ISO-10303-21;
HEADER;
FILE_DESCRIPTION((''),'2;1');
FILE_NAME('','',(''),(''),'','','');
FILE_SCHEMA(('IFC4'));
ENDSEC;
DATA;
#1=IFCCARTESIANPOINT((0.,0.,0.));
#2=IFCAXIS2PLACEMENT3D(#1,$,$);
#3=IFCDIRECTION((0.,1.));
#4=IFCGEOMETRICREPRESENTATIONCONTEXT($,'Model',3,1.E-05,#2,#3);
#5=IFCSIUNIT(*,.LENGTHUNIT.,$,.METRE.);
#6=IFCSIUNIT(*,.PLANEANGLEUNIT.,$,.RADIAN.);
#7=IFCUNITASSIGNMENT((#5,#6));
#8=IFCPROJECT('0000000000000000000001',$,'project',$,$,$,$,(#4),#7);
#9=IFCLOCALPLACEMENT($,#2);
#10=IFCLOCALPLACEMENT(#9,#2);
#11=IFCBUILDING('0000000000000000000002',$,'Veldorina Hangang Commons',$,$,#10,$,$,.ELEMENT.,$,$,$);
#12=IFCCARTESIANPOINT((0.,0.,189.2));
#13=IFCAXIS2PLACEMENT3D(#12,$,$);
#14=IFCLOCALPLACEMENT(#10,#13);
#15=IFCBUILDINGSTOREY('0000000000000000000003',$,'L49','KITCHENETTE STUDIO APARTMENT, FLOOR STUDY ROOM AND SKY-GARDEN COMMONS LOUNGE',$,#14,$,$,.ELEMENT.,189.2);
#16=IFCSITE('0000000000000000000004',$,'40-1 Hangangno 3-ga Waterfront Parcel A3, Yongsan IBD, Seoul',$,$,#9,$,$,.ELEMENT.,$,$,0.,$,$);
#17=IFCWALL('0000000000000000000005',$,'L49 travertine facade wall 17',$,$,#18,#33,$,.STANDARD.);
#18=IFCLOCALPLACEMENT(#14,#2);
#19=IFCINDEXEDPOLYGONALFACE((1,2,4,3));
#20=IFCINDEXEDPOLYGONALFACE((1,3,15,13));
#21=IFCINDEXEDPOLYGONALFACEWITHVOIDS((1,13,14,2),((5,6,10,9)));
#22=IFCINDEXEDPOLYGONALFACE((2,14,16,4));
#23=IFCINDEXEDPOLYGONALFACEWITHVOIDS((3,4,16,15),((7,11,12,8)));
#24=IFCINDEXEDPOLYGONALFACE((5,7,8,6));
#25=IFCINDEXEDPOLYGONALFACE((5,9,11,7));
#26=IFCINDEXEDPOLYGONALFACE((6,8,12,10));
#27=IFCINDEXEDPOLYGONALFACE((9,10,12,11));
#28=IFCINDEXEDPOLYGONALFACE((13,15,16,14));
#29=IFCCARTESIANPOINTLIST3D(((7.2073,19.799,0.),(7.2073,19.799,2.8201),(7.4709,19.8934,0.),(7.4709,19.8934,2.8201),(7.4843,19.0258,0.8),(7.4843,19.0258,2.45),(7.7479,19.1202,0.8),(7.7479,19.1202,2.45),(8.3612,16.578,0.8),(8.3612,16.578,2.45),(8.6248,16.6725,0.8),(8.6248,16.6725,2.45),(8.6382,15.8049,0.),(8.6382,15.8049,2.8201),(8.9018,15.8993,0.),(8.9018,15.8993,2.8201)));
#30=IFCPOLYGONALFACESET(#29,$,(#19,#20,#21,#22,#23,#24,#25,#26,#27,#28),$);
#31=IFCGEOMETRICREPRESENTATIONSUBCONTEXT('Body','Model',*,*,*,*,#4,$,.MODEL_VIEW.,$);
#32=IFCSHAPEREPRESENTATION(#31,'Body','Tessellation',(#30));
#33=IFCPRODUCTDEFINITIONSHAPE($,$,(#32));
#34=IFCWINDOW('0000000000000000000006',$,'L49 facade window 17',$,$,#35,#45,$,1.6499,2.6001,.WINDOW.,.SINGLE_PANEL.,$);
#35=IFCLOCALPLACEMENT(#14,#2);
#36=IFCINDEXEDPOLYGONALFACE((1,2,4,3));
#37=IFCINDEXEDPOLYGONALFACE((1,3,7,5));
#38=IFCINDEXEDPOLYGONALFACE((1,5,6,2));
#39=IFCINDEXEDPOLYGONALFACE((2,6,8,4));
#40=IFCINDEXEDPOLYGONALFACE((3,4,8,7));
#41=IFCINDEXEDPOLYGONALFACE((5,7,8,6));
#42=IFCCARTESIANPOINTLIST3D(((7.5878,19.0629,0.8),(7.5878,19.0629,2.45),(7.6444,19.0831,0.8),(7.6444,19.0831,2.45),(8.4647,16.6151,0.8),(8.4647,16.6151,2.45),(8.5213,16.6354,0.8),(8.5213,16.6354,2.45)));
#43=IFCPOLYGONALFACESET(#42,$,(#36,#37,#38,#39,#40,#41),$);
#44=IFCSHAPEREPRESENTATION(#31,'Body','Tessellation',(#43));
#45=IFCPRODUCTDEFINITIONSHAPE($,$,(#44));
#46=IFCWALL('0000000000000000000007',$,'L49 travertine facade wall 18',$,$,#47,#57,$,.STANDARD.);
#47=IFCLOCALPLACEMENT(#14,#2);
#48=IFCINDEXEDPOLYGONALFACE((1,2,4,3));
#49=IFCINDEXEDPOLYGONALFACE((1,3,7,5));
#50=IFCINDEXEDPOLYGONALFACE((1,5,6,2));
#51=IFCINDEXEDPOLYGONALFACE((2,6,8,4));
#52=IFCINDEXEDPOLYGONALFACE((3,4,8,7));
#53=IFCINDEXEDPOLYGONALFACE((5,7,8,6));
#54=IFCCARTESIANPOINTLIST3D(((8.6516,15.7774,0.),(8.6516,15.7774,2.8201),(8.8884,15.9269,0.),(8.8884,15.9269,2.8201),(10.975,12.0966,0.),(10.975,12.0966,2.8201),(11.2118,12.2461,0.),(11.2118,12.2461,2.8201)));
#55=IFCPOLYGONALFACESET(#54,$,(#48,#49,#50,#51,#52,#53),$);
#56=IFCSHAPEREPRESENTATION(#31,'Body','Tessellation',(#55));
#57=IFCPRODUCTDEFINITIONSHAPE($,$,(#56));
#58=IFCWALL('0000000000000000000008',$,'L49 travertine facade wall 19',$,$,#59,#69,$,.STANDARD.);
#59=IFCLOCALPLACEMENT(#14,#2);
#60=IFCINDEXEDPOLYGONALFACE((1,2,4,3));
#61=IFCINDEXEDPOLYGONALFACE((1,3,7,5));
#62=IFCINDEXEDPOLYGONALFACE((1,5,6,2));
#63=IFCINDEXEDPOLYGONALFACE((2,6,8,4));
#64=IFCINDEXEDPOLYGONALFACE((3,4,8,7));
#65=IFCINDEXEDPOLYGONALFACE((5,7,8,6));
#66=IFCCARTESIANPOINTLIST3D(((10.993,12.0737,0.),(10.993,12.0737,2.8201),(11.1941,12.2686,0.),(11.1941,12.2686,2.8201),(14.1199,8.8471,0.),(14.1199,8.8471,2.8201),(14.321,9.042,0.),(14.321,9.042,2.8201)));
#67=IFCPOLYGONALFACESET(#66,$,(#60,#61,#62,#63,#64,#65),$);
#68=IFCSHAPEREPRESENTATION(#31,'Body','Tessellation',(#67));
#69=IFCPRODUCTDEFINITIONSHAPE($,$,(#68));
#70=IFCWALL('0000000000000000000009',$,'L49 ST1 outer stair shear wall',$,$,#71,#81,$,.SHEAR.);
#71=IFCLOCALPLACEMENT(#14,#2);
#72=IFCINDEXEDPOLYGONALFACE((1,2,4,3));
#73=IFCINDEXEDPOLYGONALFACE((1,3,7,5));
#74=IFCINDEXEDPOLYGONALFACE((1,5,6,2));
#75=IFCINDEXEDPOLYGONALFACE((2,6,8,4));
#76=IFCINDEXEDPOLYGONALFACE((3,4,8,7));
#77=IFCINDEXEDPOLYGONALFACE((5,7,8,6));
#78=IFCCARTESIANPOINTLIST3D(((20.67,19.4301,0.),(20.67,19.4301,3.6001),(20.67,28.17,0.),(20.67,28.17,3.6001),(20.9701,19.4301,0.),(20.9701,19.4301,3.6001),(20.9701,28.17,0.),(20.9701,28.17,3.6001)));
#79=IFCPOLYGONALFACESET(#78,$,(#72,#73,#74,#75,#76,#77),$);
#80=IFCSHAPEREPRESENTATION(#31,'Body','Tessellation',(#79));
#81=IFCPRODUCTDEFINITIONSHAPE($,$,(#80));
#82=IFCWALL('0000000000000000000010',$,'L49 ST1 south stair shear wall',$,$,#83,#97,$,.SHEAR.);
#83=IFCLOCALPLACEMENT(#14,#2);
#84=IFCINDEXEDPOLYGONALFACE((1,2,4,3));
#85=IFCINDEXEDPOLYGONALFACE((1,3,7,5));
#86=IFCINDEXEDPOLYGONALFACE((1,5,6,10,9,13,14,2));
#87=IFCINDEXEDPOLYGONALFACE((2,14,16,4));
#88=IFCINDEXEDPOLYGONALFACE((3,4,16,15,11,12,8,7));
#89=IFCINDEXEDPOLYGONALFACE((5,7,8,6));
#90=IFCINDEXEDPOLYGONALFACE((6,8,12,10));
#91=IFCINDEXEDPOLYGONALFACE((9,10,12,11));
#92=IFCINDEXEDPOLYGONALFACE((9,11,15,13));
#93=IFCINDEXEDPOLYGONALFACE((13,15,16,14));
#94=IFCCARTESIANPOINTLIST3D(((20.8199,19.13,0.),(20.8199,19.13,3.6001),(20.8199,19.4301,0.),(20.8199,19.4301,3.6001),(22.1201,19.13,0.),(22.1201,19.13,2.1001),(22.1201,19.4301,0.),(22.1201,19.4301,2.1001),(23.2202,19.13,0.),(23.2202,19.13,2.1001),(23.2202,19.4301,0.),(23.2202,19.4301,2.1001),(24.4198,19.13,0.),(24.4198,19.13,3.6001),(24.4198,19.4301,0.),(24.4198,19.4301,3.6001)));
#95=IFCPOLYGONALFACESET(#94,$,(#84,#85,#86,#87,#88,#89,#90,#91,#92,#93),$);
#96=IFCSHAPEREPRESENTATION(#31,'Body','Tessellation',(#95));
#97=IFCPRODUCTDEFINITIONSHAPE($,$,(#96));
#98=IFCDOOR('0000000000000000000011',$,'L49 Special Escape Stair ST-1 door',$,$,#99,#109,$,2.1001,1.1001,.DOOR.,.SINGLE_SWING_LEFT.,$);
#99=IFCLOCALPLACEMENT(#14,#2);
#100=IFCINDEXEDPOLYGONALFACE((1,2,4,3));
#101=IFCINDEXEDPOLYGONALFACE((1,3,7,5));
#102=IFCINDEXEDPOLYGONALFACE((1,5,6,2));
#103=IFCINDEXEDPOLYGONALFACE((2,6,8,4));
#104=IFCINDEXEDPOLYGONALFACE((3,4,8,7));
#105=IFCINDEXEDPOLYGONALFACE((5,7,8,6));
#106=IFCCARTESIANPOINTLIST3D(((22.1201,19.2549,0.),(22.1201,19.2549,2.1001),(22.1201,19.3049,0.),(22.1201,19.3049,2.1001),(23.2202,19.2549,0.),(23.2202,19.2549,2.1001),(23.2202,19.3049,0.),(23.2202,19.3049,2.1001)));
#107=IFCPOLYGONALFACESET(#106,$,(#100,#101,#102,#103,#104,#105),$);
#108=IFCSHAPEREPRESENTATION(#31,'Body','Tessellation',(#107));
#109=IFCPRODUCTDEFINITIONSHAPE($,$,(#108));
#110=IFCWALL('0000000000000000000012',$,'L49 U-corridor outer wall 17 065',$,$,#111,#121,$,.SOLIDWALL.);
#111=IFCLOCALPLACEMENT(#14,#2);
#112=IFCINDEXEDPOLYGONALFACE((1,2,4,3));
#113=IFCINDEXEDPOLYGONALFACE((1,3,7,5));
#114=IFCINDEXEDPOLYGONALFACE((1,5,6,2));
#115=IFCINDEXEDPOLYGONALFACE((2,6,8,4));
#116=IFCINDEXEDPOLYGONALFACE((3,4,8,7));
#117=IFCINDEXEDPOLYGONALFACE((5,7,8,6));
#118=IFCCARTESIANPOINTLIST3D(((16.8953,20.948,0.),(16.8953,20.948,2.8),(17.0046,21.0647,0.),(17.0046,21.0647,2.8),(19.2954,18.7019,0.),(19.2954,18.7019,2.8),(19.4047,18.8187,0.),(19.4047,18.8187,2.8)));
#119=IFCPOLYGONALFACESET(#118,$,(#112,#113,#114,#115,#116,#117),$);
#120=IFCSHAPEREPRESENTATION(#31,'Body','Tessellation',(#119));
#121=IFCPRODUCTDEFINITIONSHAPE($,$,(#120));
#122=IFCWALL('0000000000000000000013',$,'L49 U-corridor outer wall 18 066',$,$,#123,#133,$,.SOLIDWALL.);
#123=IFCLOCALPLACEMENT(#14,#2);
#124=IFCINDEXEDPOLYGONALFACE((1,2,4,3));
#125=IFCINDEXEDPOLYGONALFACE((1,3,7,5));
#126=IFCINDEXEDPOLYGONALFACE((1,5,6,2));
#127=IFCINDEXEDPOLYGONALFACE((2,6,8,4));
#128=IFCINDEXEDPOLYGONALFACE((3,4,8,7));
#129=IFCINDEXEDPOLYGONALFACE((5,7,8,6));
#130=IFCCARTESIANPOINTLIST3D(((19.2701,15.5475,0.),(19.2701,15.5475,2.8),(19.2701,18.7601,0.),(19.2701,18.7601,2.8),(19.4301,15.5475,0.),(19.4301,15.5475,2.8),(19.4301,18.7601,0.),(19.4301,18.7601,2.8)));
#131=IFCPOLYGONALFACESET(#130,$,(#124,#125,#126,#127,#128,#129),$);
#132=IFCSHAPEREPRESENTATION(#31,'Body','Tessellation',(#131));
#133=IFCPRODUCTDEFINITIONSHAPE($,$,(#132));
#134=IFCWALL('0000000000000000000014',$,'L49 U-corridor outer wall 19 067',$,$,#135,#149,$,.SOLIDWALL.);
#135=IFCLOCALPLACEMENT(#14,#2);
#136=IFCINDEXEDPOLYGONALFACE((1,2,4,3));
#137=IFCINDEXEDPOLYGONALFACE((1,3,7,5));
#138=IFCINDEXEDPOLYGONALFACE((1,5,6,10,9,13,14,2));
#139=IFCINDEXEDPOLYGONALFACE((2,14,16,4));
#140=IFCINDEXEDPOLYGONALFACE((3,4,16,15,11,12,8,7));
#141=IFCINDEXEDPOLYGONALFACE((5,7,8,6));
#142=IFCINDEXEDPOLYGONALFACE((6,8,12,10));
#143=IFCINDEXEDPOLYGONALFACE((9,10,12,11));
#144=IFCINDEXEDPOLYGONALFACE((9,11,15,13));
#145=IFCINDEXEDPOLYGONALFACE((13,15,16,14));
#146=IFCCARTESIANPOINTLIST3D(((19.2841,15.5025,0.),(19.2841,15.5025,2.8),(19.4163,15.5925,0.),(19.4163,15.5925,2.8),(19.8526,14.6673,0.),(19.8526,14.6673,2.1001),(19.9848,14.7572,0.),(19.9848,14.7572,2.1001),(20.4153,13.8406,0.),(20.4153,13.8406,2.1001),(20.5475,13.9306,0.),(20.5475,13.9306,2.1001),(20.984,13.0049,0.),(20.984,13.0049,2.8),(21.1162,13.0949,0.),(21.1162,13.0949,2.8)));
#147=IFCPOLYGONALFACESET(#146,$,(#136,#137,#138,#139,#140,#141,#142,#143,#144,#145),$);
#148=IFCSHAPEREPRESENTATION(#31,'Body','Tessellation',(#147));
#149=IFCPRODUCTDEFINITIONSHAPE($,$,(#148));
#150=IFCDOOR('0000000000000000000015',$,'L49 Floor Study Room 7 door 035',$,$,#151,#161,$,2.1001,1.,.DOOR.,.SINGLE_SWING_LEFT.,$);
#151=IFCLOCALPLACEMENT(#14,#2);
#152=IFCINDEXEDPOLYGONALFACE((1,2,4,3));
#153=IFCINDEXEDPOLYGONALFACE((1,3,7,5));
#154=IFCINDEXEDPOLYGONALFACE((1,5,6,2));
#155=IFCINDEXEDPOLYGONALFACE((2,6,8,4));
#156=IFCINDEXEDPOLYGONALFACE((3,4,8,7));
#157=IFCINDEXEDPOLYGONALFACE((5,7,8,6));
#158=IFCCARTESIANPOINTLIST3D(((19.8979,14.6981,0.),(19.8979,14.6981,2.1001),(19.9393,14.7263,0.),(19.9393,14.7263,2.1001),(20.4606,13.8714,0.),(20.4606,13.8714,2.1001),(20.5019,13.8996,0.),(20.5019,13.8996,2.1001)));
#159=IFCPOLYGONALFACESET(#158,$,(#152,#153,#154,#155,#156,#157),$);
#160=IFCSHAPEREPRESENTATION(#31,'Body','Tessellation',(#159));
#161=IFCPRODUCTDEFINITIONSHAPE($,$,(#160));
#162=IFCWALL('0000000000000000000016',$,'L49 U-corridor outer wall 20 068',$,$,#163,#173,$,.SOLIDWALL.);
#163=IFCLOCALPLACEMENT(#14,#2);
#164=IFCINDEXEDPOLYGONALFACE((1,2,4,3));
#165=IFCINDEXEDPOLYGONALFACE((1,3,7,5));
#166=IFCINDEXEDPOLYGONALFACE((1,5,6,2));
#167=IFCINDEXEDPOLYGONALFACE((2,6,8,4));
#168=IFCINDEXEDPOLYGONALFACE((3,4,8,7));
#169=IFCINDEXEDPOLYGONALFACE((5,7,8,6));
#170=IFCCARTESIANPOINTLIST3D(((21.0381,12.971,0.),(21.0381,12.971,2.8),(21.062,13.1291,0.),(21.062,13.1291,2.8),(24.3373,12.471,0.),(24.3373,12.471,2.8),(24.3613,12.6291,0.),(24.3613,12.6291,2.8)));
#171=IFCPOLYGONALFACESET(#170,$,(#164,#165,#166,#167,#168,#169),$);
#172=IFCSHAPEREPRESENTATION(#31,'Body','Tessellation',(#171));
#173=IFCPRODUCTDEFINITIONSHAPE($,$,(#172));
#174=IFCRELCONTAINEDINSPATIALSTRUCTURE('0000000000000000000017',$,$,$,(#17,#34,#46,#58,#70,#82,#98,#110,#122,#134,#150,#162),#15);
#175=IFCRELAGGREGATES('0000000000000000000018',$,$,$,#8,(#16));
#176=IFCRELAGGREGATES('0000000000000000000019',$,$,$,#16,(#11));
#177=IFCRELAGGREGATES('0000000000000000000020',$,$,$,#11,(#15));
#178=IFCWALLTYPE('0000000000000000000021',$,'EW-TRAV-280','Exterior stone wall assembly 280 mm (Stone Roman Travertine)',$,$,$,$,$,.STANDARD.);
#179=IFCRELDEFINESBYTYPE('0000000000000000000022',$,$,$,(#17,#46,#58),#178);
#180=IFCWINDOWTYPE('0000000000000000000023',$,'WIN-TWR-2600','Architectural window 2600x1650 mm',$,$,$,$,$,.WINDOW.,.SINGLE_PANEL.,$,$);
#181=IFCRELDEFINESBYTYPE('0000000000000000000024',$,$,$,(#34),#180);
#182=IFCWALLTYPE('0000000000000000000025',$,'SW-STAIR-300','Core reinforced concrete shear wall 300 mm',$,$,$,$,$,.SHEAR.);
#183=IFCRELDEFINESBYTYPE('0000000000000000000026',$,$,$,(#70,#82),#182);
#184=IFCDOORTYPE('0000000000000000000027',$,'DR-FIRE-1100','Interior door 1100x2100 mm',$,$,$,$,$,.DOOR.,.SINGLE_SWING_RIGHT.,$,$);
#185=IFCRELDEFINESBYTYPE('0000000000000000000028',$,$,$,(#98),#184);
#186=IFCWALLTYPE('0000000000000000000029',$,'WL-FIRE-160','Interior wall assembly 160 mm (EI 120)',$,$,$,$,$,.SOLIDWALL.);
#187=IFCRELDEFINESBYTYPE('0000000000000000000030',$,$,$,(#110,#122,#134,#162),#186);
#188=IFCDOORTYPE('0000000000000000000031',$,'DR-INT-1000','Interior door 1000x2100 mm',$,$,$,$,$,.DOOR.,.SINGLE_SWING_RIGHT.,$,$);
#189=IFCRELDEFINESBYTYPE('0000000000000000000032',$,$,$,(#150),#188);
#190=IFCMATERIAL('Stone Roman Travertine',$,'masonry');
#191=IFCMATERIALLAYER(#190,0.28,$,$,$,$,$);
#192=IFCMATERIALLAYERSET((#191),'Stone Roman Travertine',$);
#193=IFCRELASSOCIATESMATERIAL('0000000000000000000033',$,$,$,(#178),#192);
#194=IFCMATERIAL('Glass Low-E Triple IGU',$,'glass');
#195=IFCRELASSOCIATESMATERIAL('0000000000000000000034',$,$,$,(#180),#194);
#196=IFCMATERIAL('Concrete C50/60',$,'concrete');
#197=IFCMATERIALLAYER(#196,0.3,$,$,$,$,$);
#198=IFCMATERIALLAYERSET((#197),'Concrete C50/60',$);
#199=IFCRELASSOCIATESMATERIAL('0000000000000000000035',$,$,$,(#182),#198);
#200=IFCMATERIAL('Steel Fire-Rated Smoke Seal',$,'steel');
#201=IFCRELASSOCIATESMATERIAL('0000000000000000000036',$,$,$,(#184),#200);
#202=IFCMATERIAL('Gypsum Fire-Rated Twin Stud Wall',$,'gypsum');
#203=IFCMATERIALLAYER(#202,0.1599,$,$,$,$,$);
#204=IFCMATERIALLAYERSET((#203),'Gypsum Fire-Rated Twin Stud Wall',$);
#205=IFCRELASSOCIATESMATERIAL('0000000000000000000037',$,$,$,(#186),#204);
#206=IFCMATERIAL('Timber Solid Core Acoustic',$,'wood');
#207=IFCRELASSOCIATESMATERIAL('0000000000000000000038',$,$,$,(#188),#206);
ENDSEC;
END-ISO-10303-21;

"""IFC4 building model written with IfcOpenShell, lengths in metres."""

from ifc_helpers import new_model, si_unit, direction, frame, frame_2d, origin, place, context, subcontext, project, spatial, rectangle, extrude, material, layer, layer_set, type_object, element, fill, save


model = new_model("IFC4")

# Units and contexts
model_context = context("Model", 3, precision=1e-05, world=origin(), true_north=direction((0.0, 1.0)))
body_context = subcontext(model_context, "Body", "Model", "MODEL_VIEW")
ifc_project = project(units=[si_unit("LENGTHUNIT", "METRE"), si_unit("PLANEANGLEUNIT", "RADIAN")], contexts=[model_context])

# Site, building, storey
site_placement = place(None, origin())
site = spatial("IfcSite", under=ifc_project, at=site_placement, Name="40-1 Hangangno 3-ga Waterfront Parcel A3, Yongsan IBD, Seoul", CompositionType="ELEMENT", RefElevation=0.0)
building_placement = place(site_placement, origin())
building = spatial("IfcBuilding", under=site, at=building_placement, Name="Veldorina Hangang Commons", CompositionType="ELEMENT")
storey_placement = place(building_placement, frame((0.0, 0.0, 189.2)))
storey = spatial("IfcBuildingStorey", under=building, at=storey_placement, Name="L49", Description="KITCHENETTE STUDIO APARTMENT, FLOOR STUDY ROOM AND SKY-GARDEN COMMONS LOUNGE", CompositionType="ELEMENT", Elevation=189.2)

# Wall, opening, window
ifc_material_1 = material(Name="Stone Roman Travertine", Category="masonry")
ifc_layer_1 = layer(ifc_material_1, 0.28)
ifc_layer_set_1 = layer_set([ifc_layer_1], Name="Stone Roman Travertine")
wall_type_1 = type_object("IfcWallType", Name="EW-TRAV-280", Description="Exterior stone wall assembly 280 mm (Stone Roman Travertine)", PredefinedType="STANDARD", material=ifc_layer_set_1)
wall_1_placement = place(storey_placement, frame((7.3391, 19.8462, 0.0), z_axis=(0.0, 0.0, 1.0), x_axis=(0.337262, -0.941411, 0.0)))
wall_1 = element("IfcWall", 1, at=wall_1_placement, inside=storey, type_object=wall_type_1, Name="L49 travertine facade wall 17", PredefinedType="STANDARD", context=body_context, shape_type="SweptSolid", body=[
    extrude(rectangle(XDim=4.2427, YDim=0.28, at=frame_2d((2.1213, 0.0))), origin(), (0.0, 0.0, 1.0), 2.8201),
])
opening_1_placement = place(wall_1_placement, frame((0.8213, 0.0, 0.8)))
opening_1 = element("IfcOpeningElement", 2, at=opening_1_placement, cuts=wall_1, PredefinedType="OPENING", context=body_context, shape_type="SweptSolid", body=[
    extrude(rectangle(XDim=2.6001, YDim=1.6499, at=frame_2d((1.3, 0.825))), frame((0.0, 0.1499, 0.0), z_axis=(0.0, -1.0, 0.0), x_axis=(1.0, 0.0, 0.0)), (0.0, 0.0, 1.0), 0.3),
])
ifc_material_2 = material(Name="Glass Low-E Triple IGU", Category="glass")
window_type = type_object("IfcWindowType", Name="WIN-TWR-2600", Description="Architectural window 2600x1650 mm", PartitioningType="SINGLE_PANEL", PredefinedType="WINDOW", material=ifc_material_2)
window_placement = place(opening_1_placement, origin())
window = element("IfcWindow", 3, at=window_placement, inside=storey, type_object=window_type, Name="L49 facade window 17", OverallHeight=1.6499, OverallWidth=2.6001, PartitioningType="SINGLE_PANEL", PredefinedType="WINDOW", context=body_context, shape_type="SweptSolid", body=[
    extrude(rectangle(XDim=2.6001, YDim=1.6499, at=frame_2d((1.3, 0.825))), frame((0.0, 0.03, 0.0), z_axis=(0.0, -1.0, 0.0), x_axis=(1.0, 0.0, 0.0)), (0.0, 0.0, 1.0), 0.0601),
])
fill(opening_1, window)

# Walls
wall_2_placement = place(storey_placement, frame((8.77, 15.8521, 0.0), z_axis=(0.0, 0.0, 1.0), x_axis=(0.53378, -0.845623, 0.0)))
element("IfcWall", 4, at=wall_2_placement, inside=storey, type_object=wall_type_1, Name="L49 travertine facade wall 18", PredefinedType="STANDARD", context=body_context, shape_type="SweptSolid", body=[
    extrude(rectangle(XDim=4.3528, YDim=0.28, at=frame_2d((2.1763, 0.0))), origin(), (0.0, 0.0, 1.0), 2.8201),
])
wall_3_placement = place(storey_placement, frame((11.0935, 12.1711, 0.0), z_axis=(0.0, 0.0, 1.0), x_axis=(0.695935, -0.718104, 0.0)))
element("IfcWall", 5, at=wall_3_placement, inside=storey, type_object=wall_type_1, Name="L49 travertine facade wall 19", PredefinedType="STANDARD", context=body_context, shape_type="SweptSolid", body=[
    extrude(rectangle(XDim=4.4932, YDim=0.28, at=frame_2d((2.2466, 0.0))), origin(), (0.0, 0.0, 1.0), 2.8201),
])
ifc_material_3 = material(Name="Concrete C50/60", Category="concrete")
ifc_layer_2 = layer(ifc_material_3, 0.3)
ifc_layer_set_2 = layer_set([ifc_layer_2], Name="Concrete C50/60")
wall_type_2 = type_object("IfcWallType", Name="SW-STAIR-300", Description="Core reinforced concrete shear wall 300 mm", PredefinedType="SHEAR", material=ifc_layer_set_2)
wall_4_placement = place(storey_placement, frame((20.8201, 19.4299, 0.0), z_axis=(0.0, 0.0, 1.0), x_axis=(0.0, 1.0, 0.0)))
element("IfcWall", 6, at=wall_4_placement, inside=storey, type_object=wall_type_2, Name="L49 ST1 outer stair shear wall", PredefinedType="SHEAR", context=body_context, shape_type="SweptSolid", body=[
    extrude(rectangle(XDim=8.74, YDim=0.3, at=frame_2d((4.3701, 0.0))), origin(), (0.0, 0.0, 1.0), 3.6001),
])

# Wall, opening, door
wall_5_placement = place(storey_placement, frame((20.8201, 19.28, 0.0), z_axis=(0.0, 0.0, 1.0), x_axis=(1.0, 0.0, 0.0)))
wall_5 = element("IfcWall", 7, at=wall_5_placement, inside=storey, type_object=wall_type_2, Name="L49 ST1 south stair shear wall", PredefinedType="SHEAR", context=body_context, shape_type="SweptSolid", body=[
    extrude(rectangle(XDim=3.5999, YDim=0.3, at=frame_2d((1.7998, 0.0))), origin(), (0.0, 0.0, 1.0), 3.6001),
])
opening_2_placement = place(wall_5_placement, frame((1.3, 0.0, 0.0)))
opening_2 = element("IfcOpeningElement", 8, at=opening_2_placement, cuts=wall_5, PredefinedType="OPENING", context=body_context, shape_type="SweptSolid", body=[
    extrude(rectangle(XDim=1.1001, YDim=2.1001, at=frame_2d((0.55, 1.05))), frame((0.0, 0.1602, 0.0), z_axis=(0.0, -1.0, 0.0), x_axis=(1.0, 0.0, 0.0)), (0.0, 0.0, 1.0), 0.3201),
])
ifc_material_4 = material(Name="Steel Fire-Rated Smoke Seal", Category="steel")
door_type_1 = type_object("IfcDoorType", Name="DR-FIRE-1100", Description="Interior door 1100x2100 mm", OperationType="SINGLE_SWING_RIGHT", PredefinedType="DOOR", material=ifc_material_4)
door_1_placement = place(opening_2_placement, origin())
door_1 = element("IfcDoor", 9, at=door_1_placement, inside=storey, type_object=door_type_1, Name="L49 Special Escape Stair ST-1 door", OperationType="SINGLE_SWING_LEFT", OverallHeight=2.1001, OverallWidth=1.1001, PredefinedType="DOOR", context=body_context, shape_type="SweptSolid", body=[
    extrude(rectangle(XDim=1.1001, YDim=2.1001, at=frame_2d((0.55, 1.05))), frame((0.0, 0.0249, 0.0), z_axis=(0.0, -1.0, 0.0), x_axis=(1.0, 0.0, 0.0)), (0.0, 0.0, 1.0), 0.05),
])
fill(opening_2, door_1)

# Walls
ifc_material_5 = material(Name="Gypsum Fire-Rated Twin Stud Wall", Category="gypsum")
ifc_layer_3 = layer(ifc_material_5, 0.1599)
ifc_layer_set_3 = layer_set([ifc_layer_3], Name="Gypsum Fire-Rated Twin Stud Wall")
wall_type_3 = type_object("IfcWallType", Name="WL-FIRE-160", Description="Interior wall assembly 160 mm (EI 120)", PredefinedType="SOLIDWALL", material=ifc_layer_set_3)
wall_6_placement = place(storey_placement, frame((16.95, 21.0063, 0.0), z_axis=(0.0, 0.0, 1.0), x_axis=(0.730151, -0.683286, 0.0)))
element("IfcWall", 10, at=wall_6_placement, inside=storey, type_object=wall_type_3, Name="L49 U-corridor outer wall 17 065", PredefinedType="SOLIDWALL", context=body_context, shape_type="SweptSolid", body=[
    extrude(rectangle(XDim=3.2871, YDim=0.1599, at=frame_2d((1.6436, 0.0))), origin(), (0.0, 0.0, 1.0), 2.8),
])
wall_7_placement = place(storey_placement, frame((19.3501, 18.7603, 0.0), z_axis=(0.0, 0.0, 1.0), x_axis=(0.0, -1.0, 0.0)))
element("IfcWall", 11, at=wall_7_placement, inside=storey, type_object=wall_type_3, Name="L49 U-corridor outer wall 18 066", PredefinedType="SOLIDWALL", context=body_context, shape_type="SweptSolid", body=[
    extrude(rectangle(XDim=3.2126, YDim=0.1599, at=frame_2d((1.6064, 0.0))), origin(), (0.0, 0.0, 1.0), 2.8),
])

# Wall, opening, door
wall_8_placement = place(storey_placement, frame((19.3501, 15.5476, 0.0), z_axis=(0.0, 0.0, 1.0), x_axis=(0.562675, -0.826678, 0.0)))
wall_8 = element("IfcWall", 12, at=wall_8_placement, inside=storey, type_object=wall_type_3, Name="L49 U-corridor outer wall 19 067", PredefinedType="SOLIDWALL", context=body_context, shape_type="SweptSolid", body=[
    extrude(rectangle(XDim=3.0212, YDim=0.1599, at=frame_2d((1.5107, 0.0))), origin(), (0.0, 0.0, 1.0), 2.8),
])
opening_3_placement = place(wall_8_placement, frame((1.0105, 0.0, 0.0)))
opening_3 = element("IfcOpeningElement", 13, at=opening_3_placement, cuts=wall_8, PredefinedType="OPENING", context=body_context, shape_type="SweptSolid", body=[
    extrude(rectangle(XDim=1.0, YDim=2.1001, at=frame_2d((0.5, 1.05))), frame((0.0, 0.0898, 0.0), z_axis=(0.0, -1.0, 0.0), x_axis=(1.0, 0.0, 0.0)), (0.0, 0.0, 1.0), 0.1799),
])
ifc_material_6 = material(Name="Timber Solid Core Acoustic", Category="wood")
door_type_2 = type_object("IfcDoorType", Name="DR-INT-1000", Description="Interior door 1000x2100 mm", OperationType="SINGLE_SWING_RIGHT", PredefinedType="DOOR", material=ifc_material_6)
door_2_placement = place(opening_3_placement, origin())
door_2 = element("IfcDoor", 14, at=door_2_placement, inside=storey, type_object=door_type_2, Name="L49 Floor Study Room 7 door 035", OperationType="SINGLE_SWING_LEFT", OverallHeight=2.1001, OverallWidth=1.0, PredefinedType="DOOR", context=body_context, shape_type="SweptSolid", body=[
    extrude(rectangle(XDim=1.0, YDim=2.1001, at=frame_2d((0.5, 1.05))), frame((0.0, 0.0249, 0.0), z_axis=(0.0, -1.0, 0.0), x_axis=(1.0, 0.0, 0.0)), (0.0, 0.0, 1.0), 0.05),
])
fill(opening_3, door_2)

# Wall
wall_9_placement = place(storey_placement, frame((21.05, 13.05, 0.0), z_axis=(0.0, 0.0, 1.0), x_axis=(0.988711, -0.149836, 0.0)))
element("IfcWall", 15, at=wall_9_placement, inside=storey, type_object=wall_type_3, Name="L49 U-corridor outer wall 20 068", PredefinedType="SOLIDWALL", context=body_context, shape_type="SweptSolid", body=[
    extrude(rectangle(XDim=3.3369, YDim=0.1599, at=frame_2d((1.6685, 0.0))), origin(), (0.0, 0.0, 1.0), 2.8),
])

save(model, "model.ifc")
